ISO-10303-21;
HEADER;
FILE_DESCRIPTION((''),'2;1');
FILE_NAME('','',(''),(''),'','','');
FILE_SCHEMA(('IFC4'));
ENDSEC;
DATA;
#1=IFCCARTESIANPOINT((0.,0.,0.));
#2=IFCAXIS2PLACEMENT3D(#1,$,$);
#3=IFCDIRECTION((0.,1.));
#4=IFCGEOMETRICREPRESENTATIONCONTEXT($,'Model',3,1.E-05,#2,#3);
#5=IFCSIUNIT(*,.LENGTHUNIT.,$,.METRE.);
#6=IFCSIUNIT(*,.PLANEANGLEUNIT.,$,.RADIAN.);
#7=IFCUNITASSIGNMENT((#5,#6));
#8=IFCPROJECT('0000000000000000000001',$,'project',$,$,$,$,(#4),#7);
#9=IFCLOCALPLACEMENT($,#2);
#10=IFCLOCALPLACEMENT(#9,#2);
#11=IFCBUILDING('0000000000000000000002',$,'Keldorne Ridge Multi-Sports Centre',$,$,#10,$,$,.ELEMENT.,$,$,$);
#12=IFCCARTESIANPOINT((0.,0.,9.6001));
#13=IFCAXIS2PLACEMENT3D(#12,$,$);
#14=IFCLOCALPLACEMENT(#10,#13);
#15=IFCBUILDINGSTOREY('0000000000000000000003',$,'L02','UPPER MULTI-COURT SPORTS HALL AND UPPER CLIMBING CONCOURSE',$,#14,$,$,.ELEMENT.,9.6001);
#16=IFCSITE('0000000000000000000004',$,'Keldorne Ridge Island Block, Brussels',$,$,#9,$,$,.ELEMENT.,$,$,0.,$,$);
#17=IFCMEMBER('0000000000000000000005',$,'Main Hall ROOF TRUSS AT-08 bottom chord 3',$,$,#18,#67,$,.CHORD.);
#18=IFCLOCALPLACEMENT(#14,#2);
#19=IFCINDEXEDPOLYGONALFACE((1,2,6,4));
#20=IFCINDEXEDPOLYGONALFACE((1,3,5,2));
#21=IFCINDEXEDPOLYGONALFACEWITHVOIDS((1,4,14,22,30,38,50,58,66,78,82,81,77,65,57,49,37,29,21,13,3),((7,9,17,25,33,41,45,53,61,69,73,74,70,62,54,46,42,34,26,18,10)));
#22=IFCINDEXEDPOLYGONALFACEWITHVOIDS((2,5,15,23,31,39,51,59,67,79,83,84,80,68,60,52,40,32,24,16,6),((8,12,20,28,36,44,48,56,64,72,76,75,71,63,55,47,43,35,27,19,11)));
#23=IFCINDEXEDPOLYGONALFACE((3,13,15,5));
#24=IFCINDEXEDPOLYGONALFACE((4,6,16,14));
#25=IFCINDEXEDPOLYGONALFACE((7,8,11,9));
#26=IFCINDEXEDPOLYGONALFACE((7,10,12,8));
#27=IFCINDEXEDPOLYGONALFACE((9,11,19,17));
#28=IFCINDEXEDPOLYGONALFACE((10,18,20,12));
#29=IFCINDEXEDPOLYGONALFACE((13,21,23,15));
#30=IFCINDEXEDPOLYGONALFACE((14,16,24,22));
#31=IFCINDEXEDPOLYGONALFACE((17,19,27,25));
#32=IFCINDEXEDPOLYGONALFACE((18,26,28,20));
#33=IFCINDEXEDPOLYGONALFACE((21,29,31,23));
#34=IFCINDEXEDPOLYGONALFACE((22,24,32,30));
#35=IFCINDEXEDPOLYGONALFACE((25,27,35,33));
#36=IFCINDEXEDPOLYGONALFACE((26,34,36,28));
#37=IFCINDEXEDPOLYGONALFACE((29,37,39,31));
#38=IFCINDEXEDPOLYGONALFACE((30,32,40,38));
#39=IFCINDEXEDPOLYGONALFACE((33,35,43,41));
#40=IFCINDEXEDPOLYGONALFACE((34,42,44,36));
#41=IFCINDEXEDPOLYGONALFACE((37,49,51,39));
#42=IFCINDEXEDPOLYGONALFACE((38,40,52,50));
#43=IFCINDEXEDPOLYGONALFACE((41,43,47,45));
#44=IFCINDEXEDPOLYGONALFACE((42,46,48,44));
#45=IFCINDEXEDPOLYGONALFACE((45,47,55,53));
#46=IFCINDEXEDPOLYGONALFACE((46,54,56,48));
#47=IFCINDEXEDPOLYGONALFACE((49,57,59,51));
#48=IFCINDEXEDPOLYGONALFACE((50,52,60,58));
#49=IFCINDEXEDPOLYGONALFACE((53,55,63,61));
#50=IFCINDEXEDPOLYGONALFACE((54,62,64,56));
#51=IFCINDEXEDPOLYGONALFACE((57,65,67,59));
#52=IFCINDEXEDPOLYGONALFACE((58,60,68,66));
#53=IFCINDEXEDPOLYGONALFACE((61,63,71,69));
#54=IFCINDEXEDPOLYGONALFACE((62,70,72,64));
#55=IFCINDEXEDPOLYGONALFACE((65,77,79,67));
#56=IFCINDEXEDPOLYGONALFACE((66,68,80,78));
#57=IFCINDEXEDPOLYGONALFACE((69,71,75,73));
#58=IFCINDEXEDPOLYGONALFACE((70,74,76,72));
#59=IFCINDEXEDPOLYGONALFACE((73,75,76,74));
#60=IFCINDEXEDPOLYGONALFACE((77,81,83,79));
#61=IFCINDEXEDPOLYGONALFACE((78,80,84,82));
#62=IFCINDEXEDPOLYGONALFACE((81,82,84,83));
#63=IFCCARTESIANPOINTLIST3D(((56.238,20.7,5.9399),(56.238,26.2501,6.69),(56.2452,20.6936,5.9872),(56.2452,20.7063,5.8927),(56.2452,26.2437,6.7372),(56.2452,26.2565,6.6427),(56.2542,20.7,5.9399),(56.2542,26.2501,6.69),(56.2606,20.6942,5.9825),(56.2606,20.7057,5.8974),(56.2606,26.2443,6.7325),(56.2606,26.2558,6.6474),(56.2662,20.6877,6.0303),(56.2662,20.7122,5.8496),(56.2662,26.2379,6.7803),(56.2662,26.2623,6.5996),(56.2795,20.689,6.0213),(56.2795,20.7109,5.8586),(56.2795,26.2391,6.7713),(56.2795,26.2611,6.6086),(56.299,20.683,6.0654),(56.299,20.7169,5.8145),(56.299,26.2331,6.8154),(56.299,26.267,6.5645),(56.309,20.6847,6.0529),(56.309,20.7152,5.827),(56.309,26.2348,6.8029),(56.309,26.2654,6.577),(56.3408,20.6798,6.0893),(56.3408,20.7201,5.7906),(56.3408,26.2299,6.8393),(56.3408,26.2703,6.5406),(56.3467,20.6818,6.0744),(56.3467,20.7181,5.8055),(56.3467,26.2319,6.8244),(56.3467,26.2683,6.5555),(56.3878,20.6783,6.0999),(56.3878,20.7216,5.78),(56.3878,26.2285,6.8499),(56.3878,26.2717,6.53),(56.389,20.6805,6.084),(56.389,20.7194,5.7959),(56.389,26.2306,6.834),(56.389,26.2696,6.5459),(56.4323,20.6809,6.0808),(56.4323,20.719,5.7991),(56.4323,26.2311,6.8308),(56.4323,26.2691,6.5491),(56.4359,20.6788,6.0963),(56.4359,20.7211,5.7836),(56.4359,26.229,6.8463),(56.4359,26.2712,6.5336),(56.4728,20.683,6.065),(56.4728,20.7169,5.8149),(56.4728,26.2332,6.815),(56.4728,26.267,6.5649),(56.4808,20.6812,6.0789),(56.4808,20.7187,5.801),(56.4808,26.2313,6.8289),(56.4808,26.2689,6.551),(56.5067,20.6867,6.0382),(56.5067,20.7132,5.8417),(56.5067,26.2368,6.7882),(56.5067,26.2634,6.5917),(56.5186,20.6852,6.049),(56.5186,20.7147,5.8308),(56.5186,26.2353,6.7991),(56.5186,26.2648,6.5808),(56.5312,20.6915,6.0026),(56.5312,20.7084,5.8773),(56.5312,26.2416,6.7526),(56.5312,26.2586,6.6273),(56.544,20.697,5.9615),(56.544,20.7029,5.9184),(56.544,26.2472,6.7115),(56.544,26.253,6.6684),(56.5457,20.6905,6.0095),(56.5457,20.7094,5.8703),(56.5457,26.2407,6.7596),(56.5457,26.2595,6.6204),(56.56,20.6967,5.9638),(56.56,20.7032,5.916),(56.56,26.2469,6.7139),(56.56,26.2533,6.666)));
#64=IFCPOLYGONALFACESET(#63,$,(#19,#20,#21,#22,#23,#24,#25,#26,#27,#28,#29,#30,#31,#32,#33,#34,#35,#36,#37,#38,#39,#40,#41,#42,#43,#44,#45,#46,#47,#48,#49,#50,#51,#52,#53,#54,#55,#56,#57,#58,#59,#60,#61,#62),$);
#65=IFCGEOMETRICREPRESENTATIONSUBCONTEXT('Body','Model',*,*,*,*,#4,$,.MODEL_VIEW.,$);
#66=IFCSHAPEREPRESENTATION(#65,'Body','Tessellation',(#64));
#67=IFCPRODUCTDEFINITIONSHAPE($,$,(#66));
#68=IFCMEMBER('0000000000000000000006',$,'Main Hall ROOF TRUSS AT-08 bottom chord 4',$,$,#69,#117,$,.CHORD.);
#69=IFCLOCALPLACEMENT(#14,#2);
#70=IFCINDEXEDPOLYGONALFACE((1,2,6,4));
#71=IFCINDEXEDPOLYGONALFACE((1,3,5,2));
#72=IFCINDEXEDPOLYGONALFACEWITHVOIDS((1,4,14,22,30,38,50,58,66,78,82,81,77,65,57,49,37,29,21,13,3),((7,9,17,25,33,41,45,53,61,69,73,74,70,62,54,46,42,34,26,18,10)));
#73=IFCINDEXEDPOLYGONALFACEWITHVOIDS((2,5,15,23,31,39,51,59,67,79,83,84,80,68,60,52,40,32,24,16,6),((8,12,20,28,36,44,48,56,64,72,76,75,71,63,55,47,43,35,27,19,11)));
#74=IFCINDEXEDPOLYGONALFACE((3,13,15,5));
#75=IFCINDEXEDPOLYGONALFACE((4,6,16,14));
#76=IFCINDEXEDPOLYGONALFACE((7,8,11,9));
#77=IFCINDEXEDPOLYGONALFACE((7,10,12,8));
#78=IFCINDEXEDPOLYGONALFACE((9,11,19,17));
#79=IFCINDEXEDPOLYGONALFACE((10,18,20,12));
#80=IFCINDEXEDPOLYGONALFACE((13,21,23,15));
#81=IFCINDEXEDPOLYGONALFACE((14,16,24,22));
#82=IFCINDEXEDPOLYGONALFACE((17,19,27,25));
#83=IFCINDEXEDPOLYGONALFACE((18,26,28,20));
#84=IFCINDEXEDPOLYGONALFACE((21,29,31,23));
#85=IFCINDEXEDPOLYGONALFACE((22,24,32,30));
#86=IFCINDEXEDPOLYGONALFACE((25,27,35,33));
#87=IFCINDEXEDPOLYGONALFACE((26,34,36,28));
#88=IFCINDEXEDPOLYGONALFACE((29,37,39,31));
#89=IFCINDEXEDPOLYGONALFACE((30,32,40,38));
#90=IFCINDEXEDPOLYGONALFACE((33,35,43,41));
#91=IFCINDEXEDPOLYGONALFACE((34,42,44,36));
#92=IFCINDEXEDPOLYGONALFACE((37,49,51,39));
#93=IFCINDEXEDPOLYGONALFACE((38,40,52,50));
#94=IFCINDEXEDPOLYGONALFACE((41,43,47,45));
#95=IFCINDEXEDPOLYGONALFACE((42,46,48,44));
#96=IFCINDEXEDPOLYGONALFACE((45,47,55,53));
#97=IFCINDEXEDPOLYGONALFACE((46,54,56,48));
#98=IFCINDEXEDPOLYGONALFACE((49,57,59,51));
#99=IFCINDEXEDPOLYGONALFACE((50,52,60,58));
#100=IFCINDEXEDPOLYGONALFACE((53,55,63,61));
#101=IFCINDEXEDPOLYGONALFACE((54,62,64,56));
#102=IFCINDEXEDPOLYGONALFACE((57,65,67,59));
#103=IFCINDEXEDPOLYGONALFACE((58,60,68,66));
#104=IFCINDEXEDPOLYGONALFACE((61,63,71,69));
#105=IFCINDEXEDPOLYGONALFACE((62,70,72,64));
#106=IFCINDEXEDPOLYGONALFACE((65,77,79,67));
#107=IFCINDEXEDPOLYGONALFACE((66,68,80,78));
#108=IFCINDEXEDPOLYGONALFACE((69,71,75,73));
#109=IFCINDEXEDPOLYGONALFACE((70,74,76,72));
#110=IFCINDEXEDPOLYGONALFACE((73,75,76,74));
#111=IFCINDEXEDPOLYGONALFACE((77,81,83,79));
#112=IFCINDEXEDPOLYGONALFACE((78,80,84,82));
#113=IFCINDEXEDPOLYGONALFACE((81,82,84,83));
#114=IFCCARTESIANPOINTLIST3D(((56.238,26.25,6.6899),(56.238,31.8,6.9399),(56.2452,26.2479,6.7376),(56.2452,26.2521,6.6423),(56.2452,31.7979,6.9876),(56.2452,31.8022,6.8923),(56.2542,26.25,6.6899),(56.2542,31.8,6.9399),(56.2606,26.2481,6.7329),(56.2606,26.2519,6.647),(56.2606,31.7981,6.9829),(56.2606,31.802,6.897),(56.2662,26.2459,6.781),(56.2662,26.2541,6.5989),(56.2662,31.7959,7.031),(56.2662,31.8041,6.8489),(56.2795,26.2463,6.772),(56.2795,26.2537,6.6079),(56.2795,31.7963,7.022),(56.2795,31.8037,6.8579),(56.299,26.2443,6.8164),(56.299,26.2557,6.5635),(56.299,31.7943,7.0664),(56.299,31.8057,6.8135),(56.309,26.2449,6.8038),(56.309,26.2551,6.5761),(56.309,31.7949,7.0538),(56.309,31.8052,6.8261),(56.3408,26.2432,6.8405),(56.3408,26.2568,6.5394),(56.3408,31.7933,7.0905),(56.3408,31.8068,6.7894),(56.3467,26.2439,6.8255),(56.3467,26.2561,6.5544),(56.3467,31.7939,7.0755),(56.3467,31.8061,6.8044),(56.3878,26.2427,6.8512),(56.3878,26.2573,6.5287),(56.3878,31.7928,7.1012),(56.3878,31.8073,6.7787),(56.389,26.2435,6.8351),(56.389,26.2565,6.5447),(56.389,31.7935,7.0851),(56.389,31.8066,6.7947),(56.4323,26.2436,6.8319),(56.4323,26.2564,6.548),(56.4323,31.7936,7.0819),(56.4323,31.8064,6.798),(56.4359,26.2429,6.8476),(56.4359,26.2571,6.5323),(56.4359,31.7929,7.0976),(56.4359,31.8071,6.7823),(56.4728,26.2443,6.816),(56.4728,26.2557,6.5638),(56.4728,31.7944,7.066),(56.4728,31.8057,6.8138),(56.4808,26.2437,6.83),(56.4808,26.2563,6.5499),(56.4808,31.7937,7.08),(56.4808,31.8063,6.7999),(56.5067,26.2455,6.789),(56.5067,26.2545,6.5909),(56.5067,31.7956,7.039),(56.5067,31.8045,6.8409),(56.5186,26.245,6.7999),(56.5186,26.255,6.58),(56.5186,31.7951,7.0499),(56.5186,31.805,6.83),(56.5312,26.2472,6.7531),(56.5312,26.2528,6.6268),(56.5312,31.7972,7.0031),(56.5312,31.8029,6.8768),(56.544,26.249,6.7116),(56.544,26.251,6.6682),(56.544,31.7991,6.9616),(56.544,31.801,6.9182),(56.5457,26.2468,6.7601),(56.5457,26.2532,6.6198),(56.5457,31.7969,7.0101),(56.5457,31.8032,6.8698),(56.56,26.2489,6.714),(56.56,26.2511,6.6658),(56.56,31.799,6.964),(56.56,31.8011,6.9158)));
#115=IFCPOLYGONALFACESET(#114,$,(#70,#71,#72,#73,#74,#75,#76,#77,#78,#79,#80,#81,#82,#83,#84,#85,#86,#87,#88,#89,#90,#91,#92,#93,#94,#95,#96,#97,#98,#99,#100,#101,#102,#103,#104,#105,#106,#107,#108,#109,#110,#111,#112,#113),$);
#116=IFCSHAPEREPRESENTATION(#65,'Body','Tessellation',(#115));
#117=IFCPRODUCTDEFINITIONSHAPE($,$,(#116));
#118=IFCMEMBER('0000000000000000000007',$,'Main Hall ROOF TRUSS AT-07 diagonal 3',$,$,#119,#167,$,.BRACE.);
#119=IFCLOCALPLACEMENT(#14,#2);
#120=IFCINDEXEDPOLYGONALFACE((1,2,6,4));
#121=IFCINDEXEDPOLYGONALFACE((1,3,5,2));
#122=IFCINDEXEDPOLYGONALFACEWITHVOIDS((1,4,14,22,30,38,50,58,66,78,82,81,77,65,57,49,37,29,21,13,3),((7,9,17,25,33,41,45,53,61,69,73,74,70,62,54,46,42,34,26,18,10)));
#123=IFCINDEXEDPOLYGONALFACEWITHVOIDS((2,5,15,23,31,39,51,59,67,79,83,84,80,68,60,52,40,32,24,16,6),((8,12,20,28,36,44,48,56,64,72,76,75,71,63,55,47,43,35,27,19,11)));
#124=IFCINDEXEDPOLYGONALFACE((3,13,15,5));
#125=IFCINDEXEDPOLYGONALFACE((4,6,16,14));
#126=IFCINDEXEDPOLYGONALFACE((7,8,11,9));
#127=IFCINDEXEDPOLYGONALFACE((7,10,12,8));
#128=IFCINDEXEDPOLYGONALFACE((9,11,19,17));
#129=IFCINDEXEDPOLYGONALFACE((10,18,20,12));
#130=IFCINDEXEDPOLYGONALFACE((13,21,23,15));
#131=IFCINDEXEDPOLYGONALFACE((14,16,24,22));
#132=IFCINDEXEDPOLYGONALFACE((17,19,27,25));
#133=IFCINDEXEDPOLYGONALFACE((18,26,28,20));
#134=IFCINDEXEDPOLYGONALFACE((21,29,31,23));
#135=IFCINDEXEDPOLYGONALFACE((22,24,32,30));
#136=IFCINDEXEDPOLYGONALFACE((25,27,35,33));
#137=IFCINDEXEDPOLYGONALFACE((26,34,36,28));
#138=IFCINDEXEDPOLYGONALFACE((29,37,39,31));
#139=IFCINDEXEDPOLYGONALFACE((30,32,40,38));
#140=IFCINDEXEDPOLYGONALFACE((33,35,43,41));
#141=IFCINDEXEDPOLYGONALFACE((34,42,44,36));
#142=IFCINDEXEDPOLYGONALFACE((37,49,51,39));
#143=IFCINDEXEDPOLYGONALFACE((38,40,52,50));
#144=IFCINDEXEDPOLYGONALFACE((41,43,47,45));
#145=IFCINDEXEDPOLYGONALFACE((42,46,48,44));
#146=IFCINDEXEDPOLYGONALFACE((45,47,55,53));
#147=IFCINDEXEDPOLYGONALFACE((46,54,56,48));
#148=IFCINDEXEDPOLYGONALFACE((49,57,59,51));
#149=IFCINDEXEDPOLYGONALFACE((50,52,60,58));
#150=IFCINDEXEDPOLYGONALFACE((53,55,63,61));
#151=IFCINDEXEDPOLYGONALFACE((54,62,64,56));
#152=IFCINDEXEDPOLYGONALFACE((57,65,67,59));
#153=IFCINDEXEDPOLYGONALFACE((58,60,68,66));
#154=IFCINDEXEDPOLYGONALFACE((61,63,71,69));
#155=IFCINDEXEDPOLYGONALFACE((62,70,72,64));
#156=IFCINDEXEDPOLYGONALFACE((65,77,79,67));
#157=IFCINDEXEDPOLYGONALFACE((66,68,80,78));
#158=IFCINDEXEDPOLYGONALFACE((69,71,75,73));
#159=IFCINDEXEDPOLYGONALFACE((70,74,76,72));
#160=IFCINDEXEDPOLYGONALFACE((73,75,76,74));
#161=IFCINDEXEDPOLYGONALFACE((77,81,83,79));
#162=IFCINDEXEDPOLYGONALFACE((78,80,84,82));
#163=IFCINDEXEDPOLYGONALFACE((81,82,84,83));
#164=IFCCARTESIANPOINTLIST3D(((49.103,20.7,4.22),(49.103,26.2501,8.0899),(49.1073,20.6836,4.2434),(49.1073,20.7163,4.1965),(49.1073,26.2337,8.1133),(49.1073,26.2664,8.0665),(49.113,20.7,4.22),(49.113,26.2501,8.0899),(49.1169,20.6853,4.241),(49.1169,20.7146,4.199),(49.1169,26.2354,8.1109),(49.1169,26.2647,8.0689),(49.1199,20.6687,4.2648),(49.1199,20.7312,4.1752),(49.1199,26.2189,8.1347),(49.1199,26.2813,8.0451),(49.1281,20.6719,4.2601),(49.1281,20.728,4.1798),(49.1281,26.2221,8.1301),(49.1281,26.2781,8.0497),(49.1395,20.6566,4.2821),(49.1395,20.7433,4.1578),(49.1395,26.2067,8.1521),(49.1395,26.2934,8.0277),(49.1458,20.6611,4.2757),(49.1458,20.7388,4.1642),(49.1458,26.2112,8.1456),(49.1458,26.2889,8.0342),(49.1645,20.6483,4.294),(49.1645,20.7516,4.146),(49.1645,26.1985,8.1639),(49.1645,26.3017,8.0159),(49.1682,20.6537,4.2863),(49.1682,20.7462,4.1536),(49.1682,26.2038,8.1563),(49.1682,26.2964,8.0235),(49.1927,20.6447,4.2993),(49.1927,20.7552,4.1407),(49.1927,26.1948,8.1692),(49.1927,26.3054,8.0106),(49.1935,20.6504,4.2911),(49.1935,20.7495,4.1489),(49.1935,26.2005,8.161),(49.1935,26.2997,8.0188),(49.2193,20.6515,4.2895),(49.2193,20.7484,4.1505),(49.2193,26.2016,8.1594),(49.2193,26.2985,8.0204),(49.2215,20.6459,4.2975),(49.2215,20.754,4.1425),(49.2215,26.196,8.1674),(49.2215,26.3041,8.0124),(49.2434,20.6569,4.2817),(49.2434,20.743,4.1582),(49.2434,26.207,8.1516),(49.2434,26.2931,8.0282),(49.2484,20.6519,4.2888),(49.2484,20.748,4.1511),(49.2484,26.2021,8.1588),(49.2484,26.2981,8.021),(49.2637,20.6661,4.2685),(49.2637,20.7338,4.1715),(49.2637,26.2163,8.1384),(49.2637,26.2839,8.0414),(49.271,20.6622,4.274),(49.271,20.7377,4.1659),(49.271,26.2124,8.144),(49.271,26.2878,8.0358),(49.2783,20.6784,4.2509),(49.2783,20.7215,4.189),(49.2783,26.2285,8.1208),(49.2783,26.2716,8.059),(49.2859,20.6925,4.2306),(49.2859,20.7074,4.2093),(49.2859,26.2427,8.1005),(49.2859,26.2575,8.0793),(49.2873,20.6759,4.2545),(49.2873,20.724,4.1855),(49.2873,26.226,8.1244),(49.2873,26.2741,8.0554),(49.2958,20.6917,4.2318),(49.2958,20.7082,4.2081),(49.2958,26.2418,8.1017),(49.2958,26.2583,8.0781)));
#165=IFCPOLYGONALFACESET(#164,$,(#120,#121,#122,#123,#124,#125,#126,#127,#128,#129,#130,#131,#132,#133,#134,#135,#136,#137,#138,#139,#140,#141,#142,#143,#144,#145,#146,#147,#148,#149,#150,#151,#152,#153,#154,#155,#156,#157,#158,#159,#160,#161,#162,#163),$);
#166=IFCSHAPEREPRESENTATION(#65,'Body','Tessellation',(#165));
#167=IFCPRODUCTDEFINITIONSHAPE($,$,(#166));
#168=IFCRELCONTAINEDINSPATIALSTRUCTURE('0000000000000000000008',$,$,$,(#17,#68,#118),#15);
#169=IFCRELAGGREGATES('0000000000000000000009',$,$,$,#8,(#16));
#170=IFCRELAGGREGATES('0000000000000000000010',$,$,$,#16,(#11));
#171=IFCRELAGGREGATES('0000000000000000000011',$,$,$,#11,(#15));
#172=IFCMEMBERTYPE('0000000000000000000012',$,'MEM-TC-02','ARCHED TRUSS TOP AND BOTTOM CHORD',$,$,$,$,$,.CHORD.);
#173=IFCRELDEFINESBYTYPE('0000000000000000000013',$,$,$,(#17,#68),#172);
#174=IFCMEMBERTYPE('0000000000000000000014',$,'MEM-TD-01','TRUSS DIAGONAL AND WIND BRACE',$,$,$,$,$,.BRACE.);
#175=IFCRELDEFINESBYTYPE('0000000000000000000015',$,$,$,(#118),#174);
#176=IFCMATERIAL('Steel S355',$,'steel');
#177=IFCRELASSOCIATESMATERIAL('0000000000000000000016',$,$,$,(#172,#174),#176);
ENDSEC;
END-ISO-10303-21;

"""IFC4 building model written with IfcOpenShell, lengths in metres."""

from ifc_helpers import new_model, si_unit, direction, frame, origin, origin_2d, place, context, subcontext, project, spatial, hollow_circle, extrude, material, material_profile, profile_set, type_object, element, save


model = new_model("IFC4")

# Units and contexts
model_context = context("Model", 3, precision=1e-05, world=origin(), true_north=direction((0.0, 1.0)))
body_context = subcontext(model_context, "Body", "Model", "MODEL_VIEW")
ifc_project = project(units=[si_unit("LENGTHUNIT", "METRE"), si_unit("PLANEANGLEUNIT", "RADIAN")], contexts=[model_context])

# Site, building, storey
site_placement = place(None, origin())
site = spatial("IfcSite", under=ifc_project, at=site_placement, Name="Keldorne Ridge Island Block, Brussels", CompositionType="ELEMENT", RefElevation=0.0)
building_placement = place(site_placement, origin())
building = spatial("IfcBuilding", under=site, at=building_placement, Name="Keldorne Ridge Multi-Sports Centre", CompositionType="ELEMENT")
storey_placement = place(building_placement, frame((0.0, 0.0, 9.6001)))
storey = spatial("IfcBuildingStorey", under=building, at=storey_placement, Name="L02", Description="UPPER MULTI-COURT SPORTS HALL AND UPPER CLIMBING CONCOURSE", CompositionType="ELEMENT", Elevation=9.6001)

# Shared definitions
ifc_material_1 = material(Name="Steel S355", Category="steel")

# Members
ifc_material_profile_1 = material_profile(ifc_material_1, hollow_circle(Radius=0.1619, WallThickness=0.0161, at=origin_2d()), Name="CHS 323.9x16")
ifc_profile_set_1 = profile_set([ifc_material_profile_1], Name="Steel S355")
member_type_1 = type_object("IfcMemberType", Name="MEM-TC-02", Description="ARCHED TRUSS TOP AND BOTTOM CHORD", PredefinedType="CHORD", material=ifc_profile_set_1)
member_1_placement = place(storey_placement, frame((56.3999, 20.7, 5.9399), z_axis=(0.0, 0.990993, 0.133917), x_axis=(-1.0, 0.0, 0.0)))
element("IfcMember", 1, at=member_1_placement, inside=storey, type_object=member_type_1, Name="Main Hall ROOF TRUSS AT-08 bottom chord 3", PredefinedType="CHORD", context=body_context, shape_type="SweptSolid", body=[
    extrude(hollow_circle(Radius=0.1619, WallThickness=0.0161, at=origin_2d()), origin(), (0.0, 0.0, 1.0), 5.6006),
])
member_2_placement = place(storey_placement, frame((56.3999, 26.25, 6.6899), z_axis=(0.0, 0.998987, 0.044999), x_axis=(-1.0, 0.0, 0.0)))
element("IfcMember", 2, at=member_2_placement, inside=storey, type_object=member_type_1, Name="Main Hall ROOF TRUSS AT-08 bottom chord 4", PredefinedType="CHORD", context=body_context, shape_type="SweptSolid", body=[
    extrude(hollow_circle(Radius=0.1619, WallThickness=0.0161, at=origin_2d()), origin(), (0.0, 0.0, 1.0), 5.5557),
])
ifc_material_profile_2 = material_profile(ifc_material_1, hollow_circle(Radius=0.0969, WallThickness=0.01, at=origin_2d()), Name="CHS 193.7x10")
ifc_profile_set_2 = profile_set([ifc_material_profile_2], Name="Steel S355")
member_type_2 = type_object("IfcMemberType", Name="MEM-TD-01", Description="TRUSS DIAGONAL AND WIND BRACE", PredefinedType="BRACE", material=ifc_profile_set_2)
member_3_placement = place(storey_placement, frame((49.2, 20.7, 4.22), z_axis=(0.0, 0.820283, 0.571958), x_axis=(-1.0, 0.0, 0.0)))
element("IfcMember", 3, at=member_3_placement, inside=storey, type_object=member_type_2, Name="Main Hall ROOF TRUSS AT-07 diagonal 3", PredefinedType="BRACE", context=body_context, shape_type="SweptSolid", body=[
    extrude(hollow_circle(Radius=0.0969, WallThickness=0.01, at=origin_2d()), origin(), (0.0, 0.0, 1.0), 6.7661),
])

save(model, "model.ifc")
